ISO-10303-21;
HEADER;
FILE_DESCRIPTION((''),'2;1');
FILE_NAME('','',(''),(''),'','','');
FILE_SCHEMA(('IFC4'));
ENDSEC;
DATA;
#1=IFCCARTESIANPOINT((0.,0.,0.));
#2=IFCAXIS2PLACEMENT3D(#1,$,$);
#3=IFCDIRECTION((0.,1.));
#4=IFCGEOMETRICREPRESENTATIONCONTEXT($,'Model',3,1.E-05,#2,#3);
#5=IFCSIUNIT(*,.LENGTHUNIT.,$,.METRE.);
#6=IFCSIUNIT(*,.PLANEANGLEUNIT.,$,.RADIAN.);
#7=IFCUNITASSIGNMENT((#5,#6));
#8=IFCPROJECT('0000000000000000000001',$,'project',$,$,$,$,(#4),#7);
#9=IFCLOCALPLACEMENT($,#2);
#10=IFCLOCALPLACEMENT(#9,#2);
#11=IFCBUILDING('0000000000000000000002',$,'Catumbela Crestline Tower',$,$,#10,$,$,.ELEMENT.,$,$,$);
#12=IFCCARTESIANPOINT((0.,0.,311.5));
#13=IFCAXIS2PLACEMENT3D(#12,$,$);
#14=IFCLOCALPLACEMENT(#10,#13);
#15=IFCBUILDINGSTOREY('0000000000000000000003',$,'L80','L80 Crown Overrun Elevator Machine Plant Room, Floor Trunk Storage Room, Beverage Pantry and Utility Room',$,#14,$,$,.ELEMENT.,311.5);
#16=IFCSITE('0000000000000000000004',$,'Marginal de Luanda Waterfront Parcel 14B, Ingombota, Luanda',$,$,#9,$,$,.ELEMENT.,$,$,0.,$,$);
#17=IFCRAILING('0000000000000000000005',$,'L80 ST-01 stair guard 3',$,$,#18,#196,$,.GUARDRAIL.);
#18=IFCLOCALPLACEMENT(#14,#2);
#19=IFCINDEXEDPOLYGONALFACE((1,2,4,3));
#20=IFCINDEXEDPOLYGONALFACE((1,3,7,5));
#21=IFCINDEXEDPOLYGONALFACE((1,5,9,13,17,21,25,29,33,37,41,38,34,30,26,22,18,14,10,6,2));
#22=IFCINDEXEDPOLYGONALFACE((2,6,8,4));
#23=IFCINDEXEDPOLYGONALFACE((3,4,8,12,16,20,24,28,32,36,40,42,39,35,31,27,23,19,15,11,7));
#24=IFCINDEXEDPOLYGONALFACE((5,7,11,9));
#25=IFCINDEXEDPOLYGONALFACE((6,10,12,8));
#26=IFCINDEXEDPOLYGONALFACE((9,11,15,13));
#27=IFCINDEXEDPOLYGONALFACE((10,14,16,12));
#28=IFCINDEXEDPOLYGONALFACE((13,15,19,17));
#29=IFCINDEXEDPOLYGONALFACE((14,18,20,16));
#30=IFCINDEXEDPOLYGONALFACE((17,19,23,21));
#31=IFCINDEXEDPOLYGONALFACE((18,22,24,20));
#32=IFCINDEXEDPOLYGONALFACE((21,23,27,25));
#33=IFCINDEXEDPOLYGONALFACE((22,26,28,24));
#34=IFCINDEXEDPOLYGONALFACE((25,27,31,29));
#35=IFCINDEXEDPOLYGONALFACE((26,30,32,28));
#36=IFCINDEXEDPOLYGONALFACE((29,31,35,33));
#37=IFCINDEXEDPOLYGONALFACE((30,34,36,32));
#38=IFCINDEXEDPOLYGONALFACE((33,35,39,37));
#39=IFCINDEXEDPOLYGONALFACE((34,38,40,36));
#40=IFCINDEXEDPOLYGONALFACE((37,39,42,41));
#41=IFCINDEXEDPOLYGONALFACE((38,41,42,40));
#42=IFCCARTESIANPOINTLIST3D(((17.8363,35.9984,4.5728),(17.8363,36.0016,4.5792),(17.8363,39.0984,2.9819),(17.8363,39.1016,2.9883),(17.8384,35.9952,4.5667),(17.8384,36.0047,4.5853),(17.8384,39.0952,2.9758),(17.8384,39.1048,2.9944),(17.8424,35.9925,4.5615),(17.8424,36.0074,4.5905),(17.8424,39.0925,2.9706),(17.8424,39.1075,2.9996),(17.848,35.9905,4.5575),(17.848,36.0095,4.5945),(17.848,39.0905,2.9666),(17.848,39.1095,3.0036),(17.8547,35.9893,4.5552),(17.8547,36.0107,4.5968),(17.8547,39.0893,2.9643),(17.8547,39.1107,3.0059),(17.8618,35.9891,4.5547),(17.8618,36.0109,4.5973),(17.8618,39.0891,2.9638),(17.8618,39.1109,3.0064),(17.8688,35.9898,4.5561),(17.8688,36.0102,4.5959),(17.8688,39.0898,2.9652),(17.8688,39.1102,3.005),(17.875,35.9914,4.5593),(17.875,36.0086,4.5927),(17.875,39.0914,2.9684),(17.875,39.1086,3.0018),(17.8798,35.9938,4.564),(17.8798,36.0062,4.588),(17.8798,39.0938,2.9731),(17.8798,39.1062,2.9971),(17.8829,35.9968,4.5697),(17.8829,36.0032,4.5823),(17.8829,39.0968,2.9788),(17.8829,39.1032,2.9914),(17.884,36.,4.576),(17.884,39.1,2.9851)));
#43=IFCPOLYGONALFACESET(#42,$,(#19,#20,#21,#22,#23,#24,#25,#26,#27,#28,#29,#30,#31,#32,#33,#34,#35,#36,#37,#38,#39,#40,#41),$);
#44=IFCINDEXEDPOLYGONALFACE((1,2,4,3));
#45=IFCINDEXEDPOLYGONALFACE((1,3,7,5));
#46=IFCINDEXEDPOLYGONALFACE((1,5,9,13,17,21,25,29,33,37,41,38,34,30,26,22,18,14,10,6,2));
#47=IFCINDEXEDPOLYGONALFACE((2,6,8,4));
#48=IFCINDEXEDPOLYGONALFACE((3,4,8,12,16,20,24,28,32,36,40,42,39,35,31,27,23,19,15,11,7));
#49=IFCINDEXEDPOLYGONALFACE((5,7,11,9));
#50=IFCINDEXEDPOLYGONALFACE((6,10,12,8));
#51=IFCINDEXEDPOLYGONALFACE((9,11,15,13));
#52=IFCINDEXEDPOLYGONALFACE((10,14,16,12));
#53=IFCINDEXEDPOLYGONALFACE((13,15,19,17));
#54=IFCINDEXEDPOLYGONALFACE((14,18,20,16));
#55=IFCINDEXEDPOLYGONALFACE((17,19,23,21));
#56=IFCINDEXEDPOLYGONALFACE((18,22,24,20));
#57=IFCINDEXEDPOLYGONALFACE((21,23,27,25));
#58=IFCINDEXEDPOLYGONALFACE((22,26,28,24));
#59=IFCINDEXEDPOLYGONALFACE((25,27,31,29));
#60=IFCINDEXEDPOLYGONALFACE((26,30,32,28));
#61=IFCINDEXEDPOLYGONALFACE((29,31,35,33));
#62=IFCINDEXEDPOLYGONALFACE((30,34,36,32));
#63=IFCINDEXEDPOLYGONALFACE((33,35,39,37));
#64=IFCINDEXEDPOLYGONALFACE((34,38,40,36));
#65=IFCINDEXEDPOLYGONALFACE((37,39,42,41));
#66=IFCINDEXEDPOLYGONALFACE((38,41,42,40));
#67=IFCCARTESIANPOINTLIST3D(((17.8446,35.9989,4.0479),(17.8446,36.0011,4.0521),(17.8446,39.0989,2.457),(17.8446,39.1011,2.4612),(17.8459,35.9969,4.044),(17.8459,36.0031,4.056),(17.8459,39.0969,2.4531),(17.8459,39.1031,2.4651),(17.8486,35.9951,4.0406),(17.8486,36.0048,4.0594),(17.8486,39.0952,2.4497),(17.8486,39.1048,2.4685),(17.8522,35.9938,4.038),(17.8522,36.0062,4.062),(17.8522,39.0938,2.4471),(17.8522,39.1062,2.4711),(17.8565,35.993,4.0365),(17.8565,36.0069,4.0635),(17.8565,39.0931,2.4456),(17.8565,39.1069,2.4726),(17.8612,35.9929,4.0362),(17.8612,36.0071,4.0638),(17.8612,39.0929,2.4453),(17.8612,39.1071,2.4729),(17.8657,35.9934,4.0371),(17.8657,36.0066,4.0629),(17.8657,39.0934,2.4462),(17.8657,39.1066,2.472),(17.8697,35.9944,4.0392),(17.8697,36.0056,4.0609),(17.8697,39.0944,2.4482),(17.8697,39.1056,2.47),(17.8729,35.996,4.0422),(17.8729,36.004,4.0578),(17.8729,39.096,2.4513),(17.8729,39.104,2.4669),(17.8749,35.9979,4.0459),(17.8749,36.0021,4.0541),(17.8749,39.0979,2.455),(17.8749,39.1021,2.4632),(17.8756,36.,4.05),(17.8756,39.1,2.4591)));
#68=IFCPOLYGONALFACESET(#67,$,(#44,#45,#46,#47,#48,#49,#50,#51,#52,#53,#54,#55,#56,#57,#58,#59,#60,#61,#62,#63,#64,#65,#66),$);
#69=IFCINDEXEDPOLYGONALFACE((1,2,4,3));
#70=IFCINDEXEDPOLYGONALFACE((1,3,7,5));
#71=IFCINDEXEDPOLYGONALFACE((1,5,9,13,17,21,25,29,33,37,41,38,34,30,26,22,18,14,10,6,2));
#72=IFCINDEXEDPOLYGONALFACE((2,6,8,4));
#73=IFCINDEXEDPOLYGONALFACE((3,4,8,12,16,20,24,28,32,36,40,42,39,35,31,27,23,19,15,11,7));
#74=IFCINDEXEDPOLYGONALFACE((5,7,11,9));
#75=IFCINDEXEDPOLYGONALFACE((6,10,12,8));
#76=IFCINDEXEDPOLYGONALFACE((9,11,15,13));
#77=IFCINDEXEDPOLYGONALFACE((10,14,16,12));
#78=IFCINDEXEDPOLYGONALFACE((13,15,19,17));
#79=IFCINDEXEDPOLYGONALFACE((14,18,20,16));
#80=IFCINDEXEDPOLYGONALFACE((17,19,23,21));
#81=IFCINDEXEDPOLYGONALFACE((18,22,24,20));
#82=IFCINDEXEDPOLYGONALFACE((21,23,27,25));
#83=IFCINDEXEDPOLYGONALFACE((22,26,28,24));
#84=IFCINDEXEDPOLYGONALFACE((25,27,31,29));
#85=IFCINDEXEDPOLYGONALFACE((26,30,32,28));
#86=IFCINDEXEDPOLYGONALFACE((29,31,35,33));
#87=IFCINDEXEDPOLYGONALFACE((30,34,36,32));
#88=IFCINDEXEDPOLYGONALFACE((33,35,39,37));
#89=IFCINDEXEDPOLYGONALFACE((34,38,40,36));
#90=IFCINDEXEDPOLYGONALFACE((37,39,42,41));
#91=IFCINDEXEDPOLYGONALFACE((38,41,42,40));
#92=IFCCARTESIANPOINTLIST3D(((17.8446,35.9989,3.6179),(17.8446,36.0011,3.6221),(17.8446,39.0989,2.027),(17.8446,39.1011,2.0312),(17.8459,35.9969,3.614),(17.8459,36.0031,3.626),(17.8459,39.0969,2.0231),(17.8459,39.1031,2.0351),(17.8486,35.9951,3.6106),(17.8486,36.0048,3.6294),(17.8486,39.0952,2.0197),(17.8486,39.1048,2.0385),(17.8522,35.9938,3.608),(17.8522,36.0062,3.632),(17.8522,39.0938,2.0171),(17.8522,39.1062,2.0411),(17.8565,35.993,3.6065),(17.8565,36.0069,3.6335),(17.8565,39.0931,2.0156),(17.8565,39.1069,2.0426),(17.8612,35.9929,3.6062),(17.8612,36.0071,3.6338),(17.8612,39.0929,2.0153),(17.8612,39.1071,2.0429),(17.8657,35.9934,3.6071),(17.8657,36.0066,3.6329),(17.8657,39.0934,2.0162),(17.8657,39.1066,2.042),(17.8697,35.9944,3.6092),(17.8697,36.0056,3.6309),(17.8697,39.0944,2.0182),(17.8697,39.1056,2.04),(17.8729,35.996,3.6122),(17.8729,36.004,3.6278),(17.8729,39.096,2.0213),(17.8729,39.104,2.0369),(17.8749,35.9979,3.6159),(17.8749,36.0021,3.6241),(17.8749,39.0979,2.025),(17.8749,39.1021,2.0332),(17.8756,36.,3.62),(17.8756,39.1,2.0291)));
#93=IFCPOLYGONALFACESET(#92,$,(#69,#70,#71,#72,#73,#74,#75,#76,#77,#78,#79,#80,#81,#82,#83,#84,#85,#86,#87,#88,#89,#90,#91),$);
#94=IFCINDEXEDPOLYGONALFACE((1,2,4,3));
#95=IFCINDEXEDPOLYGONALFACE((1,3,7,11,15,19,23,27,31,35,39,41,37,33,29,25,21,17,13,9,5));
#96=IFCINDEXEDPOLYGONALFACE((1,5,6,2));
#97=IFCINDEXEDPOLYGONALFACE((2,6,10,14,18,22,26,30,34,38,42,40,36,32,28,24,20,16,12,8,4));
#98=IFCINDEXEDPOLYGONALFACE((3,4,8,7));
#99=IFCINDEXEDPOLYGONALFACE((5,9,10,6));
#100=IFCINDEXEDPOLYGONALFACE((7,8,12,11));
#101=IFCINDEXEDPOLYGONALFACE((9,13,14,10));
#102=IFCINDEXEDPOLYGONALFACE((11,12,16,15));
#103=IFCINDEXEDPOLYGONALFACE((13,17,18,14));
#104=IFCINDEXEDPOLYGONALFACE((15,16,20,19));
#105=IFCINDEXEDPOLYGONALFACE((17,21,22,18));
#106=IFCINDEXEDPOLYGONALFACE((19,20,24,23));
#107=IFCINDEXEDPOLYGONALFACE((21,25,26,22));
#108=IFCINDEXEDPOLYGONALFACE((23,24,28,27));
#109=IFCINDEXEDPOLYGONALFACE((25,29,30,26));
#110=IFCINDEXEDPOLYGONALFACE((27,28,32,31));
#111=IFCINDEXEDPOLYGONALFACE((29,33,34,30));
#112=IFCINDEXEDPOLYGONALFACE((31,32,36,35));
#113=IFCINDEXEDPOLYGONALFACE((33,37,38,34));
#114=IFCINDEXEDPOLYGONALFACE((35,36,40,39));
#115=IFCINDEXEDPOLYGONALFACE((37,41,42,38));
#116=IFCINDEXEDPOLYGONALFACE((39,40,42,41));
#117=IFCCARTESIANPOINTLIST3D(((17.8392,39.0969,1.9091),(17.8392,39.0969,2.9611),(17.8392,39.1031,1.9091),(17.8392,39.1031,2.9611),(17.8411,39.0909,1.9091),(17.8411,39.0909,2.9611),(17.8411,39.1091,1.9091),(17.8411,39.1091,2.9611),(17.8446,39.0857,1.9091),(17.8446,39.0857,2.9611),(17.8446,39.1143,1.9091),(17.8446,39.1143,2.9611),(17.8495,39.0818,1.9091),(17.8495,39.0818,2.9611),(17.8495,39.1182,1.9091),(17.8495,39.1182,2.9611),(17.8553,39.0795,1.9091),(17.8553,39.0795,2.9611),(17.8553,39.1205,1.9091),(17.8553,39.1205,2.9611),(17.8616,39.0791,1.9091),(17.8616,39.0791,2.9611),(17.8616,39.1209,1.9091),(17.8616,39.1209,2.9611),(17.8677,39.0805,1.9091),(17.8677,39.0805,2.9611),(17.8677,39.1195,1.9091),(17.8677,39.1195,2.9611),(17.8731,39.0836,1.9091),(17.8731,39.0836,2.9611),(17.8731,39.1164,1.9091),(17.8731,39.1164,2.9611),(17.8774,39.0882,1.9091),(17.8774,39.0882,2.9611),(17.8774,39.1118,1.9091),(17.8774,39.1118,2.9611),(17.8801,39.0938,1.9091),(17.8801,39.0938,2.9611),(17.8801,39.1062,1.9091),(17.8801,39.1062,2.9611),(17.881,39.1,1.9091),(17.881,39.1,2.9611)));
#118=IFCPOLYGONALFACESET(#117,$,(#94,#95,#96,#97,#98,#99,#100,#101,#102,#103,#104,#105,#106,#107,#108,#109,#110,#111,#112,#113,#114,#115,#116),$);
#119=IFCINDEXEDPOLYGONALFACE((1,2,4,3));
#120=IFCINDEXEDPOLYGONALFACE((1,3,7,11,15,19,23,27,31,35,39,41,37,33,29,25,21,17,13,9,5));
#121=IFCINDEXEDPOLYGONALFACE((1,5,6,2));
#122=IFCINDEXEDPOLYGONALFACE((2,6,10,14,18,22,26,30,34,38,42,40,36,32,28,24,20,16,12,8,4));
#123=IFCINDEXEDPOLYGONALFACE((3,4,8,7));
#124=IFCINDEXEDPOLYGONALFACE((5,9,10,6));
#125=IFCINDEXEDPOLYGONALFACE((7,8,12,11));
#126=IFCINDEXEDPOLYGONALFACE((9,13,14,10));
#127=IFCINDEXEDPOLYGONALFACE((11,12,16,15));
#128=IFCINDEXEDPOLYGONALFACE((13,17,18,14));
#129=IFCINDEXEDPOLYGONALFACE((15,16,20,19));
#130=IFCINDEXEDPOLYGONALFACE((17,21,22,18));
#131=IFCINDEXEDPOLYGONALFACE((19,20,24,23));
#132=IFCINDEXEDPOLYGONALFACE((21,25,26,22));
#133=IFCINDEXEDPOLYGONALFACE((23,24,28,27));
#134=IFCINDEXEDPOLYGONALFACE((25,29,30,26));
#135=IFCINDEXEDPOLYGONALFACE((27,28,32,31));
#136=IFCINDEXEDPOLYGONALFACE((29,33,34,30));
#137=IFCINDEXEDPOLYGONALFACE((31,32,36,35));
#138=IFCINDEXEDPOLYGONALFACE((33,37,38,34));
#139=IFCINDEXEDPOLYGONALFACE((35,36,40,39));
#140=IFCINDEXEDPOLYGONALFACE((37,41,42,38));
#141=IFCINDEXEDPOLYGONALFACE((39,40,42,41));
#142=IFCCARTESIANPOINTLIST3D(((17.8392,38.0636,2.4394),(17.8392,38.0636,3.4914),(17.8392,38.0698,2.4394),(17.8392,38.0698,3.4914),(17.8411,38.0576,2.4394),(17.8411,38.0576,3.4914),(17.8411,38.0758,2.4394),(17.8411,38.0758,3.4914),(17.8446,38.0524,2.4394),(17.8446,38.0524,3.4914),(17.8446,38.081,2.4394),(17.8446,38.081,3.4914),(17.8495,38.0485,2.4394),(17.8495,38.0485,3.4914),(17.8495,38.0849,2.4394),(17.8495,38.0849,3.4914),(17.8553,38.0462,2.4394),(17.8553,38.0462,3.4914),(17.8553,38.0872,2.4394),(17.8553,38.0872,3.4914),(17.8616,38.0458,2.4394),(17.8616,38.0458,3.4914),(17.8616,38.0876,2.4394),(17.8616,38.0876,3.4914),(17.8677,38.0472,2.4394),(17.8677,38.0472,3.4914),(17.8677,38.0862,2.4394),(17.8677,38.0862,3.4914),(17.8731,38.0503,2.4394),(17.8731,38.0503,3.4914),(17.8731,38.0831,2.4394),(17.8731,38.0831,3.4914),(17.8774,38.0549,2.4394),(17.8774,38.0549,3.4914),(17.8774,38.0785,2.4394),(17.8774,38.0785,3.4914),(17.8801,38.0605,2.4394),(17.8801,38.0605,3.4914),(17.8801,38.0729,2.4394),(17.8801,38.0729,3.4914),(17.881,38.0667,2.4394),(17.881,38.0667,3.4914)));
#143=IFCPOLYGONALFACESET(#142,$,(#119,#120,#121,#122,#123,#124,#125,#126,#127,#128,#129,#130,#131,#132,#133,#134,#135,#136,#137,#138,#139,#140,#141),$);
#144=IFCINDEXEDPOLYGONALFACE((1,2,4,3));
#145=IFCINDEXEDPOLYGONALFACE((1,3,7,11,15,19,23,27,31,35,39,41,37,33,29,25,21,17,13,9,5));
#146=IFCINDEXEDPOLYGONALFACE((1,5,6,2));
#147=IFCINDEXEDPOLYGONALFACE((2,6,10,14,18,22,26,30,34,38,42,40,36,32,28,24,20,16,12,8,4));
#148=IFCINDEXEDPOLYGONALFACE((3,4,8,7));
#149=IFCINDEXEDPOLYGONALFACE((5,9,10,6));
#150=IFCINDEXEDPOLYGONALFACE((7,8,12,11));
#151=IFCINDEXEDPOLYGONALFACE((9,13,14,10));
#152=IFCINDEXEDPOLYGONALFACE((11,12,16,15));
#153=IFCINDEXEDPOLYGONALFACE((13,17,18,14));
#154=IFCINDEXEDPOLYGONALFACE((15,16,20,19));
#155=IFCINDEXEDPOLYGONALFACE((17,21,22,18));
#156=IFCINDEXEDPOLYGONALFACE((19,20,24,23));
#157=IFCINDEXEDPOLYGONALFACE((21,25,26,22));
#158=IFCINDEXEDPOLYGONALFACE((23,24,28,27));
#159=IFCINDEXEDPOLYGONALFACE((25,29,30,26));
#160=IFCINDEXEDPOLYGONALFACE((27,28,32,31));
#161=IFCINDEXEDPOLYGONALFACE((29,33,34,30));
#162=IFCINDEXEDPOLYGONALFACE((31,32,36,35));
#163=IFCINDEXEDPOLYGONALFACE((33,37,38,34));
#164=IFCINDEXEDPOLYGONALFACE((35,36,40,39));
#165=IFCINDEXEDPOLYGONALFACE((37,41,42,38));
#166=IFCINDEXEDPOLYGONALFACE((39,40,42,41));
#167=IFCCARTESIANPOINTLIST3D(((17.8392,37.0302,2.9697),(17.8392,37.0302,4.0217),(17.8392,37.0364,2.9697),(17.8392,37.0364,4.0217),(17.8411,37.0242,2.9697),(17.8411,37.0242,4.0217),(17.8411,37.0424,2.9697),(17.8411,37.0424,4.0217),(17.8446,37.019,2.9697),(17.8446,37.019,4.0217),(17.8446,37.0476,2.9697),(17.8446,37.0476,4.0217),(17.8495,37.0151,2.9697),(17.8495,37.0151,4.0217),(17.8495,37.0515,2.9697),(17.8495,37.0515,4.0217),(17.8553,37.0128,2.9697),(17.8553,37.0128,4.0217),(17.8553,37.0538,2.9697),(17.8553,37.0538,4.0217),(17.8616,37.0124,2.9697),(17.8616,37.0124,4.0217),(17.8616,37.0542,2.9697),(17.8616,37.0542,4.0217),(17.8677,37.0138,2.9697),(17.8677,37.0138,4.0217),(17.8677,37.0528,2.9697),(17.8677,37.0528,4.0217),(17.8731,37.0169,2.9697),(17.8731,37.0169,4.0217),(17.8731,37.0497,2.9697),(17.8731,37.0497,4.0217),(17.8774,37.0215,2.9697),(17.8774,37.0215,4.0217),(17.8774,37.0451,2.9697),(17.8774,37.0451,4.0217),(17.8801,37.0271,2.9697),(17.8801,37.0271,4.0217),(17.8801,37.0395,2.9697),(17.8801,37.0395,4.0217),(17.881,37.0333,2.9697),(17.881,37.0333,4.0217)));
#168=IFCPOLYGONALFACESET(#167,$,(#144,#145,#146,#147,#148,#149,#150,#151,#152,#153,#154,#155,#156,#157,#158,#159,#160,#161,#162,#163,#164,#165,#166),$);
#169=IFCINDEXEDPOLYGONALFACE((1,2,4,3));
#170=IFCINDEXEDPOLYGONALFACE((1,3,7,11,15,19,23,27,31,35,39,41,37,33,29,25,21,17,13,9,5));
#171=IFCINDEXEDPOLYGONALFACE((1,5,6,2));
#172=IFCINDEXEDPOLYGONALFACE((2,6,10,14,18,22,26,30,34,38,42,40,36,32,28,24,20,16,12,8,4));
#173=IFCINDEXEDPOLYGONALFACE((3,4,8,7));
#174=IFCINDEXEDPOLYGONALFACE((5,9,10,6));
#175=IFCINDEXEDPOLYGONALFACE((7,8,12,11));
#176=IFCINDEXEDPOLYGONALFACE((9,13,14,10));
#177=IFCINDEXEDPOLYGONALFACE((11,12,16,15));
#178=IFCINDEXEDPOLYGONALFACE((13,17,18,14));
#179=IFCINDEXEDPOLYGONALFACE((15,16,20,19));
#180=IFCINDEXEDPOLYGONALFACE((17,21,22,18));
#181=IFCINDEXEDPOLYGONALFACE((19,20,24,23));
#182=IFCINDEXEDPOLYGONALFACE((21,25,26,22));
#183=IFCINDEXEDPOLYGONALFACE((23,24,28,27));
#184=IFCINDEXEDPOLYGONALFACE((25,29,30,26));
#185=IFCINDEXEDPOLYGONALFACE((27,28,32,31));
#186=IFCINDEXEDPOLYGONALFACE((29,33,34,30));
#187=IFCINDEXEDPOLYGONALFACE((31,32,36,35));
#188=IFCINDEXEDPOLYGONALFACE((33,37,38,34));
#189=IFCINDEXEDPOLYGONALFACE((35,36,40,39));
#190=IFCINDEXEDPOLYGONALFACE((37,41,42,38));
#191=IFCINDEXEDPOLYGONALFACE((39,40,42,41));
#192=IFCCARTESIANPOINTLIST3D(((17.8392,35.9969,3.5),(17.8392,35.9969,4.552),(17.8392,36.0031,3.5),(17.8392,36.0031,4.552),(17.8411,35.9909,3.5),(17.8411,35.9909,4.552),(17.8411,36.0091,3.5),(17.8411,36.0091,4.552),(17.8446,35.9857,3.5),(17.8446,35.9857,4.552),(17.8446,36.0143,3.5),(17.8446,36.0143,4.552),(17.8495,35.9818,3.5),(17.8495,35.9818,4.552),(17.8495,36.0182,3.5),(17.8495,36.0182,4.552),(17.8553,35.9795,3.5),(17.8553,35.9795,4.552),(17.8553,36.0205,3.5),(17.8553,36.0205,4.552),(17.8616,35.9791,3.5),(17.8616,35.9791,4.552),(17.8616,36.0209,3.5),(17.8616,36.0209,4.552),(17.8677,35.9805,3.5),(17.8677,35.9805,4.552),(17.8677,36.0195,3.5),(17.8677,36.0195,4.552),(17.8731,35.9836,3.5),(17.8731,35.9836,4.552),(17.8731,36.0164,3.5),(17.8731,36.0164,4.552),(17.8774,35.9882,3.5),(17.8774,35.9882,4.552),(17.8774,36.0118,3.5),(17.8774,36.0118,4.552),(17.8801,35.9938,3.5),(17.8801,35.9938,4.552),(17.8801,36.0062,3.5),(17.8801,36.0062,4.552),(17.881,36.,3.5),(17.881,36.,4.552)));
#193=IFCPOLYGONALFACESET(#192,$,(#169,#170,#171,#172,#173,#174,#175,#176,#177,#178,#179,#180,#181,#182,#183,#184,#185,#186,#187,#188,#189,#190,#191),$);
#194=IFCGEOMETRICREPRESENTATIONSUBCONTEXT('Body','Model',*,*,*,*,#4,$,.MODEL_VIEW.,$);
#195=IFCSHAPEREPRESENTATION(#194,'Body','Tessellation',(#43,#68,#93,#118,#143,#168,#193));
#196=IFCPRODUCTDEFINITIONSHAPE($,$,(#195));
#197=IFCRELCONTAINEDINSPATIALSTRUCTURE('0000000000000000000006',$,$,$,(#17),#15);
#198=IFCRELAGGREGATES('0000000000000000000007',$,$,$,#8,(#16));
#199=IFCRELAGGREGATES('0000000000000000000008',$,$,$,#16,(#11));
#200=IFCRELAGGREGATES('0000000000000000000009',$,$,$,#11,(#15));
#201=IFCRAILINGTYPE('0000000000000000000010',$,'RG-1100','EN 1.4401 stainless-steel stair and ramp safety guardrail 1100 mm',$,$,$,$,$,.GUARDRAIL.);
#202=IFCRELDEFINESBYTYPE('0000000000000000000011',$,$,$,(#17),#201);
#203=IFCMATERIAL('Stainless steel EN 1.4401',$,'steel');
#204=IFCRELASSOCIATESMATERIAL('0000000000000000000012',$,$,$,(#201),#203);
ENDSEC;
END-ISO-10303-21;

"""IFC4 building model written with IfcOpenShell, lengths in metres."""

from ifc_helpers import new_model, si_unit, direction, frame, origin, origin_2d, place, context, subcontext, project, spatial, circle, extrude, material, type_object, element, save


model = new_model("IFC4")

# Units and contexts
model_context = context("Model", 3, precision=1e-05, world=origin(), true_north=direction((0.0, 1.0)))
body_context = subcontext(model_context, "Body", "Model", "MODEL_VIEW")
ifc_project = project(units=[si_unit("LENGTHUNIT", "METRE"), si_unit("PLANEANGLEUNIT", "RADIAN")], contexts=[model_context])

# Site, building, storey
site_placement = place(None, origin())
site = spatial("IfcSite", under=ifc_project, at=site_placement, Name="Marginal de Luanda Waterfront Parcel 14B, Ingombota, Luanda", CompositionType="ELEMENT", RefElevation=0.0)
building_placement = place(site_placement, origin())
building = spatial("IfcBuilding", under=site, at=building_placement, Name="Catumbela Crestline Tower", CompositionType="ELEMENT")
storey_placement = place(building_placement, frame((0.0, 0.0, 311.5)))
storey = spatial("IfcBuildingStorey", under=building, at=storey_placement, Name="L80", Description="L80 Crown Overrun Elevator Machine Plant Room, Floor Trunk Storage Room, Beverage Pantry and Utility Room", CompositionType="ELEMENT", Elevation=311.5)

# Shared definitions
ifc_material_1 = material(Name="Stainless steel EN 1.4401", Category="steel")

# Railing
railing_type_1 = type_object("IfcRailingType", Name="RG-1100", Description="EN 1.4401 stainless-steel stair and ramp safety guardrail 1100 mm", PredefinedType="GUARDRAIL", material=ifc_material_1)
railing_1_placement = place(storey_placement, frame((17.86, 39.1, 1.9091)))
element("IfcRailing", 1, at=railing_1_placement, inside=storey, type_object=railing_type_1, Name="L80 ST-01 stair guard 3", PredefinedType="GUARDRAIL", context=body_context, shape_type="SweptSolid", body=[
    extrude(circle(Radius=0.024, at=origin_2d()), frame((0.0, 0.0, 1.076), z_axis=(0.0, -0.889683, 0.456579), x_axis=(1.0, 0.0, 0.0)), (0.0, 0.0, 1.0), 3.4844),
    extrude(circle(Radius=0.0156, at=origin_2d()), frame((0.0, 0.0, 0.55), z_axis=(0.0, -0.889683, 0.456579), x_axis=(1.0, 0.0, 0.0)), (0.0, 0.0, 1.0), 3.4844),
    extrude(circle(Radius=0.0156, at=origin_2d()), frame((0.0, 0.0, 0.12), z_axis=(0.0, -0.889683, 0.456579), x_axis=(1.0, 0.0, 0.0)), (0.0, 0.0, 1.0), 3.4844),
    extrude(circle(Radius=0.021, at=origin_2d()), origin(), (0.0, 0.0, 1.0), 1.052),
    extrude(circle(Radius=0.021, at=origin_2d()), frame((0.0, -1.0333, 0.5303)), (0.0, 0.0, 1.0), 1.052),
    extrude(circle(Radius=0.021, at=origin_2d()), frame((0.0, -2.0667, 1.0606)), (0.0, 0.0, 1.0), 1.052),
    extrude(circle(Radius=0.021, at=origin_2d()), frame((0.0, -3.1, 1.5909)), (0.0, 0.0, 1.0), 1.052),
])

save(model, "model.ifc")
